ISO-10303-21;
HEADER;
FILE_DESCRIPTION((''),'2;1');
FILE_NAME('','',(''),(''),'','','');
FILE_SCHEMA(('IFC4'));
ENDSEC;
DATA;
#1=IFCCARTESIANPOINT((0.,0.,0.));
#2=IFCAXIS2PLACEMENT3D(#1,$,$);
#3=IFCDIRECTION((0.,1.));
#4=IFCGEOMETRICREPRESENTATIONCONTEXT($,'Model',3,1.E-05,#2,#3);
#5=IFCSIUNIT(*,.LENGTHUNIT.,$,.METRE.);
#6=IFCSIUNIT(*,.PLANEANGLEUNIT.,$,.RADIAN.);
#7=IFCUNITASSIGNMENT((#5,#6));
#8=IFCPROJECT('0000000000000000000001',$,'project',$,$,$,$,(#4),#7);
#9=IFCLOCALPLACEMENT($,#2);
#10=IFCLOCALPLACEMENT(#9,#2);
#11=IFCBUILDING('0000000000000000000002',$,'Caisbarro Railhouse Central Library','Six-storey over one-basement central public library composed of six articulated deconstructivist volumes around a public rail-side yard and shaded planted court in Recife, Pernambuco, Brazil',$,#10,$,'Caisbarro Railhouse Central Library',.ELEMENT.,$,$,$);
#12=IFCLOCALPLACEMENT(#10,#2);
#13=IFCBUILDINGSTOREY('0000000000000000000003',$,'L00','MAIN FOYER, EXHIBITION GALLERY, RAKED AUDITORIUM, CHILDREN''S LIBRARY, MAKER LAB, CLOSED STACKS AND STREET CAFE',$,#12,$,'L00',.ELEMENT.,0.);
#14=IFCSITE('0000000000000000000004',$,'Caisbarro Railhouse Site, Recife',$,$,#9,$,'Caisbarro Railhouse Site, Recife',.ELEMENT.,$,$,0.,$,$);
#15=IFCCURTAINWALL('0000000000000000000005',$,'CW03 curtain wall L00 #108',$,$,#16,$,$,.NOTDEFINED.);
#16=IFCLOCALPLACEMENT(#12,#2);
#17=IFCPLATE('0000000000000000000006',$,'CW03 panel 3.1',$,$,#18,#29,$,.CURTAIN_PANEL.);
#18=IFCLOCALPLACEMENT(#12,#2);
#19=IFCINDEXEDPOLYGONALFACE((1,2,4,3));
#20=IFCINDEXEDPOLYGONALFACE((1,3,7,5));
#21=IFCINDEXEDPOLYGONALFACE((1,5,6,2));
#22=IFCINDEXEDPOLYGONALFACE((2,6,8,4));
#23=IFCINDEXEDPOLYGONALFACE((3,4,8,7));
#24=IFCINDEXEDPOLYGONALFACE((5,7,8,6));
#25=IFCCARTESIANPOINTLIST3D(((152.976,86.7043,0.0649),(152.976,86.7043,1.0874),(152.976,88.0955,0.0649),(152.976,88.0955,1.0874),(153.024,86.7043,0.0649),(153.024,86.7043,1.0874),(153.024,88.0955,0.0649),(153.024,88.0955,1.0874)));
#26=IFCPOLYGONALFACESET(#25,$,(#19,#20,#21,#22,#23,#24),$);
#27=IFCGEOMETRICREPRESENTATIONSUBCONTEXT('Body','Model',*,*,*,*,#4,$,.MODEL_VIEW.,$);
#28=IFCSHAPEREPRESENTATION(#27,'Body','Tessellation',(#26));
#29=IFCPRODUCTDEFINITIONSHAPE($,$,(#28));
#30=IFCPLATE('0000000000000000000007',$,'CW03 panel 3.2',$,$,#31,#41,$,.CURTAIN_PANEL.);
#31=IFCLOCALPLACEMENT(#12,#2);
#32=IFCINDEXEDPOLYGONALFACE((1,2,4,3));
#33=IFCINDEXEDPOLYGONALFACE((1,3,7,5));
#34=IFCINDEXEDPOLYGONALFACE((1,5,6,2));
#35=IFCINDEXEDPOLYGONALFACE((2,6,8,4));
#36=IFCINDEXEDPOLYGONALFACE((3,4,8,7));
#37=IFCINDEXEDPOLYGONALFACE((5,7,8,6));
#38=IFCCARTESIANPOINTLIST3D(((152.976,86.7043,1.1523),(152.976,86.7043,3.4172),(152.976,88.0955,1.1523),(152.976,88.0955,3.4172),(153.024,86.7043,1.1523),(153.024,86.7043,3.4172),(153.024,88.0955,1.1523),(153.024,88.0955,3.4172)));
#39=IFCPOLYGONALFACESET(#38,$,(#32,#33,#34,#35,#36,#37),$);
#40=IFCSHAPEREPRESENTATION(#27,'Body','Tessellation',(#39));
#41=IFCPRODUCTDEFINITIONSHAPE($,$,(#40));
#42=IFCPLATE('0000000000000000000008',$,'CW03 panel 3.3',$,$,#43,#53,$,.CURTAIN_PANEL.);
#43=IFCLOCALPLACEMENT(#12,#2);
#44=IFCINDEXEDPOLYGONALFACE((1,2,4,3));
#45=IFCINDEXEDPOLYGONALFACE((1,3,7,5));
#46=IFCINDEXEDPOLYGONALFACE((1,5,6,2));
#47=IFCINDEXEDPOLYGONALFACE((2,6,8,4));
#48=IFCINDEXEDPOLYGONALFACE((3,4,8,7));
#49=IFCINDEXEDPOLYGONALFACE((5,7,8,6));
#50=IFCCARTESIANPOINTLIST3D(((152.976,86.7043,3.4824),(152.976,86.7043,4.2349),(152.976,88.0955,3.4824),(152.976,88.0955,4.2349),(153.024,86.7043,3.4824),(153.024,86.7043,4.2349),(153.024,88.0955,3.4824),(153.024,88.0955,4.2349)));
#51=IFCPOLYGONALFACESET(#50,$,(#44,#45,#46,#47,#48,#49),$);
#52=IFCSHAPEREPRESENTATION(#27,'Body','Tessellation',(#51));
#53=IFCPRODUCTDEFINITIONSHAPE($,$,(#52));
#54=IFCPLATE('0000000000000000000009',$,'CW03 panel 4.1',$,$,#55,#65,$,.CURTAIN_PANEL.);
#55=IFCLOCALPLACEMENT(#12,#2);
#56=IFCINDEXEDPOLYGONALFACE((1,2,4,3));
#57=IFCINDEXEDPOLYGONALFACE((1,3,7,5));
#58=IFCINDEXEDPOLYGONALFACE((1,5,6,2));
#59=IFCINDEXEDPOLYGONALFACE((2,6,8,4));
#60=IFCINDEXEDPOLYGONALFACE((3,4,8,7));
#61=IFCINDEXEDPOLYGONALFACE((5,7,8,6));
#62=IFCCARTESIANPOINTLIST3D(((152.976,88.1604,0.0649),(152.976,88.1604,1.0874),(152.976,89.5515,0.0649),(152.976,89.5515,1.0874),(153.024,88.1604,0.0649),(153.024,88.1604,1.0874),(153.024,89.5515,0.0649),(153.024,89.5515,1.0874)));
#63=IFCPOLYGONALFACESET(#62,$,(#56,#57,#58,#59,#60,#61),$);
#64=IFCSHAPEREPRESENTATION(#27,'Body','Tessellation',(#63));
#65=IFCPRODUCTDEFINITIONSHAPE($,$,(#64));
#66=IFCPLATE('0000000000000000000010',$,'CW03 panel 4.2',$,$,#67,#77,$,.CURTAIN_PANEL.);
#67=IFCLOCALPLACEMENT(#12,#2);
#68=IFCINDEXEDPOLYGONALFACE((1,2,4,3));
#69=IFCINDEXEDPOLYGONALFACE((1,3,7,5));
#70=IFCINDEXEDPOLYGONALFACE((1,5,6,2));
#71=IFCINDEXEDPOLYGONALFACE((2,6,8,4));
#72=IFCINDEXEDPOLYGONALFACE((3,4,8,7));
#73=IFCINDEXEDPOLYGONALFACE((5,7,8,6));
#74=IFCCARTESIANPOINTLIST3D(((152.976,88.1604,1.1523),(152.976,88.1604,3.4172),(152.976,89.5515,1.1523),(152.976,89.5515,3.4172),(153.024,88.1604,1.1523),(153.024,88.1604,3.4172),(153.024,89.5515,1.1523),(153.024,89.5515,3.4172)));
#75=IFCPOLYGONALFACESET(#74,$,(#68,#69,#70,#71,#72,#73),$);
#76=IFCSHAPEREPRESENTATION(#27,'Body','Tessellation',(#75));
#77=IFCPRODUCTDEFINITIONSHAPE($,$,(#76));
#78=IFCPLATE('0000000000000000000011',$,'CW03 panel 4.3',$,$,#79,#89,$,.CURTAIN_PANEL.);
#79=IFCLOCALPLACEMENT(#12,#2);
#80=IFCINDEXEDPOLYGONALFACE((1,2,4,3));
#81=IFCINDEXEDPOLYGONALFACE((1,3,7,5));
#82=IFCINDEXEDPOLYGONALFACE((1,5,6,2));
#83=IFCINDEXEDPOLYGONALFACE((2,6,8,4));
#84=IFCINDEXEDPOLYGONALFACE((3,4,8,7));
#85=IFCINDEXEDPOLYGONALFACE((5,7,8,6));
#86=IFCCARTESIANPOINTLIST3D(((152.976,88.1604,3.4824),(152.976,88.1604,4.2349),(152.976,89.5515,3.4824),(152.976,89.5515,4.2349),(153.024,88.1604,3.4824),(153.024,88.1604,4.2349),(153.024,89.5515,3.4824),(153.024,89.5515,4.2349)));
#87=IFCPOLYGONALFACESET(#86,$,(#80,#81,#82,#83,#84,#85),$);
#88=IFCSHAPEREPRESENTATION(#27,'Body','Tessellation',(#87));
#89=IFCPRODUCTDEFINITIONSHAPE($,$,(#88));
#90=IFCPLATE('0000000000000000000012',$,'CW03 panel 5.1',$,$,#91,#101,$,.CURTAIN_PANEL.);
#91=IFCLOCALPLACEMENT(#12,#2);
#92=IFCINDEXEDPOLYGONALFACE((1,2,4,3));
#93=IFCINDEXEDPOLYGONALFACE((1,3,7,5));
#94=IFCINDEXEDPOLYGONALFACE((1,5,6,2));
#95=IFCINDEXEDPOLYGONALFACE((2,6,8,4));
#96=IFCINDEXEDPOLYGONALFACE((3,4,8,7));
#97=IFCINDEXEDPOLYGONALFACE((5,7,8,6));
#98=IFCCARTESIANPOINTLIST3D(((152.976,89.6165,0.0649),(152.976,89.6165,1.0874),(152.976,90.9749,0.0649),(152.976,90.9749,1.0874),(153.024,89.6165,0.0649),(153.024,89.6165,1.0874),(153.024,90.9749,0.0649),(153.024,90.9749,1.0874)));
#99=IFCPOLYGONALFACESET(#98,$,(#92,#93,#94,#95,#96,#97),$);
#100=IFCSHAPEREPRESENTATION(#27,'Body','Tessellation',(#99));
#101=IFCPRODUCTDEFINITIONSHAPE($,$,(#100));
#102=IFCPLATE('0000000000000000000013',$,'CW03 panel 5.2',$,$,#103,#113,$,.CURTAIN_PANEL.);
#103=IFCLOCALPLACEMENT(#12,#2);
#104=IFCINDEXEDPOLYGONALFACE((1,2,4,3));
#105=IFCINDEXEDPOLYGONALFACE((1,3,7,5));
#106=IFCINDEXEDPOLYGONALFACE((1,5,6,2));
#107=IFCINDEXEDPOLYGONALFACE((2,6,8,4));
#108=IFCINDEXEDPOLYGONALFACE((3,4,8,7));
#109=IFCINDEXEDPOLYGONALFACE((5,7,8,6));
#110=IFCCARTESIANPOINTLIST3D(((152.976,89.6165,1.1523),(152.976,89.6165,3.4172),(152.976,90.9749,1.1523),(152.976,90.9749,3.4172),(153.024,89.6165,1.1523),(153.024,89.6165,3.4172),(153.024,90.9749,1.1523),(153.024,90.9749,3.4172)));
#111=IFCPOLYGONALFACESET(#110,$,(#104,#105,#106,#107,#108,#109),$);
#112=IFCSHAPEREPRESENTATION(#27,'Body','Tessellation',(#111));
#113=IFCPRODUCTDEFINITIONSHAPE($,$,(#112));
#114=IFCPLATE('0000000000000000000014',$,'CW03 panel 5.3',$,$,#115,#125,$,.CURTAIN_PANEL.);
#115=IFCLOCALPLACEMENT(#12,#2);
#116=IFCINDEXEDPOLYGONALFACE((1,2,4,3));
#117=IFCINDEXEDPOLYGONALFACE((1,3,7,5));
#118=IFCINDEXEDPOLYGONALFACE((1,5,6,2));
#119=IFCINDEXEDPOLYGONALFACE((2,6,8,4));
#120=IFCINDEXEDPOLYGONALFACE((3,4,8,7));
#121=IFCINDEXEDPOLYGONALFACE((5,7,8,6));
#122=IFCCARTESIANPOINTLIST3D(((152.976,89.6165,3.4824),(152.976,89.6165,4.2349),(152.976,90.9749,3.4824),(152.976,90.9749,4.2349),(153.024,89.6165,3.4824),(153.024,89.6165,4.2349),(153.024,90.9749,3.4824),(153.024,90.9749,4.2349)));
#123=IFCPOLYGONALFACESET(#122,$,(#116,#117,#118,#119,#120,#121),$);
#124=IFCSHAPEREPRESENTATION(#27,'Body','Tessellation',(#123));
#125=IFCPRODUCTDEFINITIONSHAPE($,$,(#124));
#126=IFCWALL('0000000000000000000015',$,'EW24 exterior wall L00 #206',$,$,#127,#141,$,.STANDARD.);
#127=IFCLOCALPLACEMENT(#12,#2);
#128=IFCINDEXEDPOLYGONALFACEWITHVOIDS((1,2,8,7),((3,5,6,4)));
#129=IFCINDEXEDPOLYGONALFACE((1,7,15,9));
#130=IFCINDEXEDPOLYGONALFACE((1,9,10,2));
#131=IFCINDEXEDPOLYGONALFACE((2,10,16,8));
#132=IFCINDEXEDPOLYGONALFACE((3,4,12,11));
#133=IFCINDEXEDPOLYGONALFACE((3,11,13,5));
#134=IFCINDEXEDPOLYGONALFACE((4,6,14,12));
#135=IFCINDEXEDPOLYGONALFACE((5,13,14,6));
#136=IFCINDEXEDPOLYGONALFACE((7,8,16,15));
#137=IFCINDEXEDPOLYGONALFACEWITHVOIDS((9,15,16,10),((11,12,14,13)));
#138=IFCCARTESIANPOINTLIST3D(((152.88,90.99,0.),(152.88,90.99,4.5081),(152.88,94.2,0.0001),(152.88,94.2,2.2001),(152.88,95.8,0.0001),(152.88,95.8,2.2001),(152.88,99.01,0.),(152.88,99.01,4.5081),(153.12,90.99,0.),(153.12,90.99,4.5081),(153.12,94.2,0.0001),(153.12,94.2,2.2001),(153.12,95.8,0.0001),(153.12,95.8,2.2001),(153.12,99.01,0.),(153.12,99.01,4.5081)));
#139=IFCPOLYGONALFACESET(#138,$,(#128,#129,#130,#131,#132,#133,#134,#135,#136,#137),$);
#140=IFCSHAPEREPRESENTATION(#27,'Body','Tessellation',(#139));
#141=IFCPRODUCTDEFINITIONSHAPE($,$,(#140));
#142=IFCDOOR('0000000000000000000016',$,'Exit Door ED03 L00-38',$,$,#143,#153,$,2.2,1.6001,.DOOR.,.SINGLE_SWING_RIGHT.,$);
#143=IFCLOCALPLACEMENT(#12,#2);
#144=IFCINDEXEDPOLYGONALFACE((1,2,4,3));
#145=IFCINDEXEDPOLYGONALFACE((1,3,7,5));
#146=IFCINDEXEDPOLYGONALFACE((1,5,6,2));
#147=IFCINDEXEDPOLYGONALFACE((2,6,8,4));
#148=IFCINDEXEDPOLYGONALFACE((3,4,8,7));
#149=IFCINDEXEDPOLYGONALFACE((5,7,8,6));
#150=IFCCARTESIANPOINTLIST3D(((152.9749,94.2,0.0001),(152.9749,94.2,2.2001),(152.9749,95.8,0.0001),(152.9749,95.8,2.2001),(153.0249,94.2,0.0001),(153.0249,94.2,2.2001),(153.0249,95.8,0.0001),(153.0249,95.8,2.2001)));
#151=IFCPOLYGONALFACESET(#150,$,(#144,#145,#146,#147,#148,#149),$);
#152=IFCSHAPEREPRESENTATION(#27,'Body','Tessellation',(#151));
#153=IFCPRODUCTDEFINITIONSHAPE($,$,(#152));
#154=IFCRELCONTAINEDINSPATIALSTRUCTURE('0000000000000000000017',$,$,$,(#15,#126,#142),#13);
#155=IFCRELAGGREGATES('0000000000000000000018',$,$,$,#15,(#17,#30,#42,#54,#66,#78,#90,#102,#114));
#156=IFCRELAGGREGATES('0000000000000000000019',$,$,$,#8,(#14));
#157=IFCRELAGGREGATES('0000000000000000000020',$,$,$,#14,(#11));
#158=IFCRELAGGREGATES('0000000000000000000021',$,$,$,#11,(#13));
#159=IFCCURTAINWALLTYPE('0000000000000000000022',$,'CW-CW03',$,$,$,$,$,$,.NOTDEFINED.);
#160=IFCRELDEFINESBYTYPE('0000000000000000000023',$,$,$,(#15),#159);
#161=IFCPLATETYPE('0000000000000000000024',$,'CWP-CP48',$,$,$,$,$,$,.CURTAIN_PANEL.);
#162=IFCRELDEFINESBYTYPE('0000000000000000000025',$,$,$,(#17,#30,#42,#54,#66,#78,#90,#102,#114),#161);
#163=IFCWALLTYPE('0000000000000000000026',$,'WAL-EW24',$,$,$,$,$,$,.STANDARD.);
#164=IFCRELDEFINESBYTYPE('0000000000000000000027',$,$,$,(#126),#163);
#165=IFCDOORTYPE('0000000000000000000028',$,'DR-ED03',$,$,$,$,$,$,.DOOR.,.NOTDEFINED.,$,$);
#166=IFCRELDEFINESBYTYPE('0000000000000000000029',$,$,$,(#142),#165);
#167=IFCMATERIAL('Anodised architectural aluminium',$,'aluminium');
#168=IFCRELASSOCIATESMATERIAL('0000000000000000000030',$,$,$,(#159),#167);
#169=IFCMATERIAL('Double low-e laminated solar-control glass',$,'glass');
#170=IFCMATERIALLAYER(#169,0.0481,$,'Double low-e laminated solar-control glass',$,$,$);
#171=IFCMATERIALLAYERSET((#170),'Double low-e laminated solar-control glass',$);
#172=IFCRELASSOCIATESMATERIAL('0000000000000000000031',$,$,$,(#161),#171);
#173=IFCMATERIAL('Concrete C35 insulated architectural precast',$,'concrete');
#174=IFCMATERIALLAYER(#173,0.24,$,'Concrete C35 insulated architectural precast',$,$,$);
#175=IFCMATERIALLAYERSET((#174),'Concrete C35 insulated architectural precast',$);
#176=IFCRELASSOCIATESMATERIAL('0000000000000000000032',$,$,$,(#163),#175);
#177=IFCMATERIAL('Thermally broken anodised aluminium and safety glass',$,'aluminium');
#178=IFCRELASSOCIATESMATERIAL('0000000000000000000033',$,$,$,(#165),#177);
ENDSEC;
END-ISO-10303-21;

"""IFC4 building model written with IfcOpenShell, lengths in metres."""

from ifc_helpers import new_model, si_unit, direction, frame, frame_2d, origin, origin_2d, place, context, subcontext, project, spatial, rectangle, extrude, material, layer, layer_set, type_object, element, fill, aggregate, save


model = new_model("IFC4")

# Units and contexts
model_context = context("Model", 3, precision=1e-05, world=origin(), true_north=direction((0.0, 1.0)))
body_context = subcontext(model_context, "Body", "Model", "MODEL_VIEW")
ifc_project = project(units=[si_unit("LENGTHUNIT", "METRE"), si_unit("PLANEANGLEUNIT", "RADIAN")], contexts=[model_context])

# Site, building, storey
site_placement = place(None, origin())
site = spatial("IfcSite", under=ifc_project, at=site_placement, Name="Caisbarro Railhouse Site, Recife", LongName="Caisbarro Railhouse Site, Recife", CompositionType="ELEMENT", RefElevation=0.0)
building_placement = place(site_placement, origin())
building = spatial("IfcBuilding", under=site, at=building_placement, Name="Caisbarro Railhouse Central Library", Description="Six-storey over one-basement central public library composed of six articulated deconstructivist volumes around a public rail-side yard and shaded planted court in Recife, Pernambuco, Brazil", LongName="Caisbarro Railhouse Central Library", CompositionType="ELEMENT")
storey_placement = place(building_placement, origin())
storey = spatial("IfcBuildingStorey", under=building, at=storey_placement, Name="L00", Description="MAIN FOYER, EXHIBITION GALLERY, RAKED AUDITORIUM, CHILDREN'S LIBRARY, MAKER LAB, CLOSED STACKS AND STREET CAFE", LongName="L00", CompositionType="ELEMENT", Elevation=0.0)

# Curtain wall, plates
ifc_material_1 = material(Name="Anodised architectural aluminium", Category="aluminium")
curtain_wall_type = type_object("IfcCurtainWallType", Name="CW-CW03", PredefinedType="NOTDEFINED", material=ifc_material_1)
curtain_wall_placement = place(storey_placement, origin())
curtain_wall = element("IfcCurtainWall", 1, at=curtain_wall_placement, inside=storey, type_object=curtain_wall_type, Name="CW03 curtain wall L00 #108", PredefinedType="NOTDEFINED")
ifc_material_2 = material(Name="Double low-e laminated solar-control glass", Category="glass")
ifc_layer_1 = layer(ifc_material_2, 0.0481, Name="Double low-e laminated solar-control glass")
ifc_layer_set_1 = layer_set([ifc_layer_1], Name="Double low-e laminated solar-control glass")
plate_type = type_object("IfcPlateType", Name="CWP-CP48", PredefinedType="CURTAIN_PANEL", material=ifc_layer_set_1)
plate_1_placement = place(storey_placement, frame((153.0, 87.3999, 0.0649), z_axis=(0.0, 0.0, 1.0), x_axis=(0.0, 1.0, 0.0)))
plate_1 = element("IfcPlate", 2, at=plate_1_placement, type_object=plate_type, Name="CW03 panel 3.1", PredefinedType="CURTAIN_PANEL", context=body_context, shape_type="SweptSolid", body=[
    extrude(rectangle(XDim=1.3911, YDim=0.0481, at=origin_2d()), origin(), (0.0, 0.0, 1.0), 1.0225),
])
plate_2_placement = place(storey_placement, frame((153.0, 87.3999, 1.1523), z_axis=(0.0, 0.0, 1.0), x_axis=(0.0, 1.0, 0.0)))
plate_2 = element("IfcPlate", 3, at=plate_2_placement, type_object=plate_type, Name="CW03 panel 3.2", PredefinedType="CURTAIN_PANEL", context=body_context, shape_type="SweptSolid", body=[
    extrude(rectangle(XDim=1.3911, YDim=0.0481, at=origin_2d()), origin(), (0.0, 0.0, 1.0), 2.2649),
])
plate_3_placement = place(storey_placement, frame((153.0, 87.3999, 3.4824), z_axis=(0.0, 0.0, 1.0), x_axis=(0.0, 1.0, 0.0)))
plate_3 = element("IfcPlate", 4, at=plate_3_placement, type_object=plate_type, Name="CW03 panel 3.3", PredefinedType="CURTAIN_PANEL", context=body_context, shape_type="SweptSolid", body=[
    extrude(rectangle(XDim=1.3911, YDim=0.0481, at=origin_2d()), origin(), (0.0, 0.0, 1.0), 0.7524),
])
plate_4_placement = place(storey_placement, frame((153.0, 88.856, 0.0649), z_axis=(0.0, 0.0, 1.0), x_axis=(0.0, 1.0, 0.0)))
plate_4 = element("IfcPlate", 5, at=plate_4_placement, type_object=plate_type, Name="CW03 panel 4.1", PredefinedType="CURTAIN_PANEL", context=body_context, shape_type="SweptSolid", body=[
    extrude(rectangle(XDim=1.3911, YDim=0.0481, at=origin_2d()), origin(), (0.0, 0.0, 1.0), 1.0225),
])
plate_5_placement = place(storey_placement, frame((153.0, 88.856, 1.1523), z_axis=(0.0, 0.0, 1.0), x_axis=(0.0, 1.0, 0.0)))
plate_5 = element("IfcPlate", 6, at=plate_5_placement, type_object=plate_type, Name="CW03 panel 4.2", PredefinedType="CURTAIN_PANEL", context=body_context, shape_type="SweptSolid", body=[
    extrude(rectangle(XDim=1.3911, YDim=0.0481, at=origin_2d()), origin(), (0.0, 0.0, 1.0), 2.2649),
])
plate_6_placement = place(storey_placement, frame((153.0, 88.856, 3.4824), z_axis=(0.0, 0.0, 1.0), x_axis=(0.0, 1.0, 0.0)))
plate_6 = element("IfcPlate", 7, at=plate_6_placement, type_object=plate_type, Name="CW03 panel 4.3", PredefinedType="CURTAIN_PANEL", context=body_context, shape_type="SweptSolid", body=[
    extrude(rectangle(XDim=1.3911, YDim=0.0481, at=origin_2d()), origin(), (0.0, 0.0, 1.0), 0.7524),
])
plate_7_placement = place(storey_placement, frame((153.0, 90.2957, 0.0649), z_axis=(0.0, 0.0, 1.0), x_axis=(0.0, 1.0, 0.0)))
plate_7 = element("IfcPlate", 8, at=plate_7_placement, type_object=plate_type, Name="CW03 panel 5.1", PredefinedType="CURTAIN_PANEL", context=body_context, shape_type="SweptSolid", body=[
    extrude(rectangle(XDim=1.3584, YDim=0.0481, at=origin_2d()), origin(), (0.0, 0.0, 1.0), 1.0225),
])
plate_8_placement = place(storey_placement, frame((153.0, 90.2957, 1.1523), z_axis=(0.0, 0.0, 1.0), x_axis=(0.0, 1.0, 0.0)))
plate_8 = element("IfcPlate", 9, at=plate_8_placement, type_object=plate_type, Name="CW03 panel 5.2", PredefinedType="CURTAIN_PANEL", context=body_context, shape_type="SweptSolid", body=[
    extrude(rectangle(XDim=1.3584, YDim=0.0481, at=origin_2d()), origin(), (0.0, 0.0, 1.0), 2.2649),
])
plate_9_placement = place(storey_placement, frame((153.0, 90.2957, 3.4824), z_axis=(0.0, 0.0, 1.0), x_axis=(0.0, 1.0, 0.0)))
plate_9 = element("IfcPlate", 10, at=plate_9_placement, type_object=plate_type, Name="CW03 panel 5.3", PredefinedType="CURTAIN_PANEL", context=body_context, shape_type="SweptSolid", body=[
    extrude(rectangle(XDim=1.3584, YDim=0.0481, at=origin_2d()), origin(), (0.0, 0.0, 1.0), 0.7524),
])
aggregate(curtain_wall, [plate_1, plate_2, plate_3, plate_4, plate_5, plate_6, plate_7, plate_8, plate_9])

# Wall, opening, door
ifc_material_3 = material(Name="Concrete C35 insulated architectural precast", Category="concrete")
ifc_layer_2 = layer(ifc_material_3, 0.24, Name="Concrete C35 insulated architectural precast")
ifc_layer_set_2 = layer_set([ifc_layer_2], Name="Concrete C35 insulated architectural precast")
wall_type = type_object("IfcWallType", Name="WAL-EW24", PredefinedType="STANDARD", material=ifc_layer_set_2)
wall_placement = place(storey_placement, frame((153.0, 90.99, 0.0), z_axis=(0.0, 0.0, 1.0), x_axis=(0.0, 1.0, 0.0)))
wall = element("IfcWall", 11, at=wall_placement, inside=storey, type_object=wall_type, Name="EW24 exterior wall L00 #206", PredefinedType="STANDARD", context=body_context, shape_type="SweptSolid", body=[
    extrude(rectangle(XDim=8.02, YDim=0.24, at=frame_2d((4.01, 0.0))), origin(), (0.0, 0.0, 1.0), 4.5081),
])
opening_placement = place(wall_placement, frame((3.21, 0.0, 0.0)))
opening = element("IfcOpeningElement", 12, at=opening_placement, cuts=wall, PredefinedType="OPENING", context=body_context, shape_type="SweptSolid", body=[
    extrude(rectangle(XDim=1.6001, YDim=2.2, at=frame_2d((0.8, 1.1001))), frame((0.0, 0.1299, 0.0), z_axis=(0.0, -1.0, 0.0), x_axis=(1.0, 0.0, 0.0)), (0.0, 0.0, 1.0), 0.26),
])
ifc_material_4 = material(Name="Thermally broken anodised aluminium and safety glass", Category="aluminium")
door_type = type_object("IfcDoorType", Name="DR-ED03", OperationType="NOTDEFINED", PredefinedType="DOOR", material=ifc_material_4)
door_placement = place(opening_placement, frame((1.6001, 0.0, 0.0), z_axis=(0.0, 0.0, 1.0), x_axis=(-1.0, 0.0, 0.0)))
door = element("IfcDoor", 13, at=door_placement, inside=storey, type_object=door_type, Name="Exit Door ED03 L00-38", OperationType="SINGLE_SWING_RIGHT", OverallHeight=2.2, OverallWidth=1.6001, PredefinedType="DOOR", context=body_context, shape_type="SweptSolid", body=[
    extrude(rectangle(XDim=1.6001, YDim=2.2, at=frame_2d((0.8, 1.1001))), frame((0.0, 0.0249, 0.0), z_axis=(0.0, -1.0, 0.0), x_axis=(1.0, 0.0, 0.0)), (0.0, 0.0, 1.0), 0.05),
])
fill(opening, door)

save(model, "model.ifc")
